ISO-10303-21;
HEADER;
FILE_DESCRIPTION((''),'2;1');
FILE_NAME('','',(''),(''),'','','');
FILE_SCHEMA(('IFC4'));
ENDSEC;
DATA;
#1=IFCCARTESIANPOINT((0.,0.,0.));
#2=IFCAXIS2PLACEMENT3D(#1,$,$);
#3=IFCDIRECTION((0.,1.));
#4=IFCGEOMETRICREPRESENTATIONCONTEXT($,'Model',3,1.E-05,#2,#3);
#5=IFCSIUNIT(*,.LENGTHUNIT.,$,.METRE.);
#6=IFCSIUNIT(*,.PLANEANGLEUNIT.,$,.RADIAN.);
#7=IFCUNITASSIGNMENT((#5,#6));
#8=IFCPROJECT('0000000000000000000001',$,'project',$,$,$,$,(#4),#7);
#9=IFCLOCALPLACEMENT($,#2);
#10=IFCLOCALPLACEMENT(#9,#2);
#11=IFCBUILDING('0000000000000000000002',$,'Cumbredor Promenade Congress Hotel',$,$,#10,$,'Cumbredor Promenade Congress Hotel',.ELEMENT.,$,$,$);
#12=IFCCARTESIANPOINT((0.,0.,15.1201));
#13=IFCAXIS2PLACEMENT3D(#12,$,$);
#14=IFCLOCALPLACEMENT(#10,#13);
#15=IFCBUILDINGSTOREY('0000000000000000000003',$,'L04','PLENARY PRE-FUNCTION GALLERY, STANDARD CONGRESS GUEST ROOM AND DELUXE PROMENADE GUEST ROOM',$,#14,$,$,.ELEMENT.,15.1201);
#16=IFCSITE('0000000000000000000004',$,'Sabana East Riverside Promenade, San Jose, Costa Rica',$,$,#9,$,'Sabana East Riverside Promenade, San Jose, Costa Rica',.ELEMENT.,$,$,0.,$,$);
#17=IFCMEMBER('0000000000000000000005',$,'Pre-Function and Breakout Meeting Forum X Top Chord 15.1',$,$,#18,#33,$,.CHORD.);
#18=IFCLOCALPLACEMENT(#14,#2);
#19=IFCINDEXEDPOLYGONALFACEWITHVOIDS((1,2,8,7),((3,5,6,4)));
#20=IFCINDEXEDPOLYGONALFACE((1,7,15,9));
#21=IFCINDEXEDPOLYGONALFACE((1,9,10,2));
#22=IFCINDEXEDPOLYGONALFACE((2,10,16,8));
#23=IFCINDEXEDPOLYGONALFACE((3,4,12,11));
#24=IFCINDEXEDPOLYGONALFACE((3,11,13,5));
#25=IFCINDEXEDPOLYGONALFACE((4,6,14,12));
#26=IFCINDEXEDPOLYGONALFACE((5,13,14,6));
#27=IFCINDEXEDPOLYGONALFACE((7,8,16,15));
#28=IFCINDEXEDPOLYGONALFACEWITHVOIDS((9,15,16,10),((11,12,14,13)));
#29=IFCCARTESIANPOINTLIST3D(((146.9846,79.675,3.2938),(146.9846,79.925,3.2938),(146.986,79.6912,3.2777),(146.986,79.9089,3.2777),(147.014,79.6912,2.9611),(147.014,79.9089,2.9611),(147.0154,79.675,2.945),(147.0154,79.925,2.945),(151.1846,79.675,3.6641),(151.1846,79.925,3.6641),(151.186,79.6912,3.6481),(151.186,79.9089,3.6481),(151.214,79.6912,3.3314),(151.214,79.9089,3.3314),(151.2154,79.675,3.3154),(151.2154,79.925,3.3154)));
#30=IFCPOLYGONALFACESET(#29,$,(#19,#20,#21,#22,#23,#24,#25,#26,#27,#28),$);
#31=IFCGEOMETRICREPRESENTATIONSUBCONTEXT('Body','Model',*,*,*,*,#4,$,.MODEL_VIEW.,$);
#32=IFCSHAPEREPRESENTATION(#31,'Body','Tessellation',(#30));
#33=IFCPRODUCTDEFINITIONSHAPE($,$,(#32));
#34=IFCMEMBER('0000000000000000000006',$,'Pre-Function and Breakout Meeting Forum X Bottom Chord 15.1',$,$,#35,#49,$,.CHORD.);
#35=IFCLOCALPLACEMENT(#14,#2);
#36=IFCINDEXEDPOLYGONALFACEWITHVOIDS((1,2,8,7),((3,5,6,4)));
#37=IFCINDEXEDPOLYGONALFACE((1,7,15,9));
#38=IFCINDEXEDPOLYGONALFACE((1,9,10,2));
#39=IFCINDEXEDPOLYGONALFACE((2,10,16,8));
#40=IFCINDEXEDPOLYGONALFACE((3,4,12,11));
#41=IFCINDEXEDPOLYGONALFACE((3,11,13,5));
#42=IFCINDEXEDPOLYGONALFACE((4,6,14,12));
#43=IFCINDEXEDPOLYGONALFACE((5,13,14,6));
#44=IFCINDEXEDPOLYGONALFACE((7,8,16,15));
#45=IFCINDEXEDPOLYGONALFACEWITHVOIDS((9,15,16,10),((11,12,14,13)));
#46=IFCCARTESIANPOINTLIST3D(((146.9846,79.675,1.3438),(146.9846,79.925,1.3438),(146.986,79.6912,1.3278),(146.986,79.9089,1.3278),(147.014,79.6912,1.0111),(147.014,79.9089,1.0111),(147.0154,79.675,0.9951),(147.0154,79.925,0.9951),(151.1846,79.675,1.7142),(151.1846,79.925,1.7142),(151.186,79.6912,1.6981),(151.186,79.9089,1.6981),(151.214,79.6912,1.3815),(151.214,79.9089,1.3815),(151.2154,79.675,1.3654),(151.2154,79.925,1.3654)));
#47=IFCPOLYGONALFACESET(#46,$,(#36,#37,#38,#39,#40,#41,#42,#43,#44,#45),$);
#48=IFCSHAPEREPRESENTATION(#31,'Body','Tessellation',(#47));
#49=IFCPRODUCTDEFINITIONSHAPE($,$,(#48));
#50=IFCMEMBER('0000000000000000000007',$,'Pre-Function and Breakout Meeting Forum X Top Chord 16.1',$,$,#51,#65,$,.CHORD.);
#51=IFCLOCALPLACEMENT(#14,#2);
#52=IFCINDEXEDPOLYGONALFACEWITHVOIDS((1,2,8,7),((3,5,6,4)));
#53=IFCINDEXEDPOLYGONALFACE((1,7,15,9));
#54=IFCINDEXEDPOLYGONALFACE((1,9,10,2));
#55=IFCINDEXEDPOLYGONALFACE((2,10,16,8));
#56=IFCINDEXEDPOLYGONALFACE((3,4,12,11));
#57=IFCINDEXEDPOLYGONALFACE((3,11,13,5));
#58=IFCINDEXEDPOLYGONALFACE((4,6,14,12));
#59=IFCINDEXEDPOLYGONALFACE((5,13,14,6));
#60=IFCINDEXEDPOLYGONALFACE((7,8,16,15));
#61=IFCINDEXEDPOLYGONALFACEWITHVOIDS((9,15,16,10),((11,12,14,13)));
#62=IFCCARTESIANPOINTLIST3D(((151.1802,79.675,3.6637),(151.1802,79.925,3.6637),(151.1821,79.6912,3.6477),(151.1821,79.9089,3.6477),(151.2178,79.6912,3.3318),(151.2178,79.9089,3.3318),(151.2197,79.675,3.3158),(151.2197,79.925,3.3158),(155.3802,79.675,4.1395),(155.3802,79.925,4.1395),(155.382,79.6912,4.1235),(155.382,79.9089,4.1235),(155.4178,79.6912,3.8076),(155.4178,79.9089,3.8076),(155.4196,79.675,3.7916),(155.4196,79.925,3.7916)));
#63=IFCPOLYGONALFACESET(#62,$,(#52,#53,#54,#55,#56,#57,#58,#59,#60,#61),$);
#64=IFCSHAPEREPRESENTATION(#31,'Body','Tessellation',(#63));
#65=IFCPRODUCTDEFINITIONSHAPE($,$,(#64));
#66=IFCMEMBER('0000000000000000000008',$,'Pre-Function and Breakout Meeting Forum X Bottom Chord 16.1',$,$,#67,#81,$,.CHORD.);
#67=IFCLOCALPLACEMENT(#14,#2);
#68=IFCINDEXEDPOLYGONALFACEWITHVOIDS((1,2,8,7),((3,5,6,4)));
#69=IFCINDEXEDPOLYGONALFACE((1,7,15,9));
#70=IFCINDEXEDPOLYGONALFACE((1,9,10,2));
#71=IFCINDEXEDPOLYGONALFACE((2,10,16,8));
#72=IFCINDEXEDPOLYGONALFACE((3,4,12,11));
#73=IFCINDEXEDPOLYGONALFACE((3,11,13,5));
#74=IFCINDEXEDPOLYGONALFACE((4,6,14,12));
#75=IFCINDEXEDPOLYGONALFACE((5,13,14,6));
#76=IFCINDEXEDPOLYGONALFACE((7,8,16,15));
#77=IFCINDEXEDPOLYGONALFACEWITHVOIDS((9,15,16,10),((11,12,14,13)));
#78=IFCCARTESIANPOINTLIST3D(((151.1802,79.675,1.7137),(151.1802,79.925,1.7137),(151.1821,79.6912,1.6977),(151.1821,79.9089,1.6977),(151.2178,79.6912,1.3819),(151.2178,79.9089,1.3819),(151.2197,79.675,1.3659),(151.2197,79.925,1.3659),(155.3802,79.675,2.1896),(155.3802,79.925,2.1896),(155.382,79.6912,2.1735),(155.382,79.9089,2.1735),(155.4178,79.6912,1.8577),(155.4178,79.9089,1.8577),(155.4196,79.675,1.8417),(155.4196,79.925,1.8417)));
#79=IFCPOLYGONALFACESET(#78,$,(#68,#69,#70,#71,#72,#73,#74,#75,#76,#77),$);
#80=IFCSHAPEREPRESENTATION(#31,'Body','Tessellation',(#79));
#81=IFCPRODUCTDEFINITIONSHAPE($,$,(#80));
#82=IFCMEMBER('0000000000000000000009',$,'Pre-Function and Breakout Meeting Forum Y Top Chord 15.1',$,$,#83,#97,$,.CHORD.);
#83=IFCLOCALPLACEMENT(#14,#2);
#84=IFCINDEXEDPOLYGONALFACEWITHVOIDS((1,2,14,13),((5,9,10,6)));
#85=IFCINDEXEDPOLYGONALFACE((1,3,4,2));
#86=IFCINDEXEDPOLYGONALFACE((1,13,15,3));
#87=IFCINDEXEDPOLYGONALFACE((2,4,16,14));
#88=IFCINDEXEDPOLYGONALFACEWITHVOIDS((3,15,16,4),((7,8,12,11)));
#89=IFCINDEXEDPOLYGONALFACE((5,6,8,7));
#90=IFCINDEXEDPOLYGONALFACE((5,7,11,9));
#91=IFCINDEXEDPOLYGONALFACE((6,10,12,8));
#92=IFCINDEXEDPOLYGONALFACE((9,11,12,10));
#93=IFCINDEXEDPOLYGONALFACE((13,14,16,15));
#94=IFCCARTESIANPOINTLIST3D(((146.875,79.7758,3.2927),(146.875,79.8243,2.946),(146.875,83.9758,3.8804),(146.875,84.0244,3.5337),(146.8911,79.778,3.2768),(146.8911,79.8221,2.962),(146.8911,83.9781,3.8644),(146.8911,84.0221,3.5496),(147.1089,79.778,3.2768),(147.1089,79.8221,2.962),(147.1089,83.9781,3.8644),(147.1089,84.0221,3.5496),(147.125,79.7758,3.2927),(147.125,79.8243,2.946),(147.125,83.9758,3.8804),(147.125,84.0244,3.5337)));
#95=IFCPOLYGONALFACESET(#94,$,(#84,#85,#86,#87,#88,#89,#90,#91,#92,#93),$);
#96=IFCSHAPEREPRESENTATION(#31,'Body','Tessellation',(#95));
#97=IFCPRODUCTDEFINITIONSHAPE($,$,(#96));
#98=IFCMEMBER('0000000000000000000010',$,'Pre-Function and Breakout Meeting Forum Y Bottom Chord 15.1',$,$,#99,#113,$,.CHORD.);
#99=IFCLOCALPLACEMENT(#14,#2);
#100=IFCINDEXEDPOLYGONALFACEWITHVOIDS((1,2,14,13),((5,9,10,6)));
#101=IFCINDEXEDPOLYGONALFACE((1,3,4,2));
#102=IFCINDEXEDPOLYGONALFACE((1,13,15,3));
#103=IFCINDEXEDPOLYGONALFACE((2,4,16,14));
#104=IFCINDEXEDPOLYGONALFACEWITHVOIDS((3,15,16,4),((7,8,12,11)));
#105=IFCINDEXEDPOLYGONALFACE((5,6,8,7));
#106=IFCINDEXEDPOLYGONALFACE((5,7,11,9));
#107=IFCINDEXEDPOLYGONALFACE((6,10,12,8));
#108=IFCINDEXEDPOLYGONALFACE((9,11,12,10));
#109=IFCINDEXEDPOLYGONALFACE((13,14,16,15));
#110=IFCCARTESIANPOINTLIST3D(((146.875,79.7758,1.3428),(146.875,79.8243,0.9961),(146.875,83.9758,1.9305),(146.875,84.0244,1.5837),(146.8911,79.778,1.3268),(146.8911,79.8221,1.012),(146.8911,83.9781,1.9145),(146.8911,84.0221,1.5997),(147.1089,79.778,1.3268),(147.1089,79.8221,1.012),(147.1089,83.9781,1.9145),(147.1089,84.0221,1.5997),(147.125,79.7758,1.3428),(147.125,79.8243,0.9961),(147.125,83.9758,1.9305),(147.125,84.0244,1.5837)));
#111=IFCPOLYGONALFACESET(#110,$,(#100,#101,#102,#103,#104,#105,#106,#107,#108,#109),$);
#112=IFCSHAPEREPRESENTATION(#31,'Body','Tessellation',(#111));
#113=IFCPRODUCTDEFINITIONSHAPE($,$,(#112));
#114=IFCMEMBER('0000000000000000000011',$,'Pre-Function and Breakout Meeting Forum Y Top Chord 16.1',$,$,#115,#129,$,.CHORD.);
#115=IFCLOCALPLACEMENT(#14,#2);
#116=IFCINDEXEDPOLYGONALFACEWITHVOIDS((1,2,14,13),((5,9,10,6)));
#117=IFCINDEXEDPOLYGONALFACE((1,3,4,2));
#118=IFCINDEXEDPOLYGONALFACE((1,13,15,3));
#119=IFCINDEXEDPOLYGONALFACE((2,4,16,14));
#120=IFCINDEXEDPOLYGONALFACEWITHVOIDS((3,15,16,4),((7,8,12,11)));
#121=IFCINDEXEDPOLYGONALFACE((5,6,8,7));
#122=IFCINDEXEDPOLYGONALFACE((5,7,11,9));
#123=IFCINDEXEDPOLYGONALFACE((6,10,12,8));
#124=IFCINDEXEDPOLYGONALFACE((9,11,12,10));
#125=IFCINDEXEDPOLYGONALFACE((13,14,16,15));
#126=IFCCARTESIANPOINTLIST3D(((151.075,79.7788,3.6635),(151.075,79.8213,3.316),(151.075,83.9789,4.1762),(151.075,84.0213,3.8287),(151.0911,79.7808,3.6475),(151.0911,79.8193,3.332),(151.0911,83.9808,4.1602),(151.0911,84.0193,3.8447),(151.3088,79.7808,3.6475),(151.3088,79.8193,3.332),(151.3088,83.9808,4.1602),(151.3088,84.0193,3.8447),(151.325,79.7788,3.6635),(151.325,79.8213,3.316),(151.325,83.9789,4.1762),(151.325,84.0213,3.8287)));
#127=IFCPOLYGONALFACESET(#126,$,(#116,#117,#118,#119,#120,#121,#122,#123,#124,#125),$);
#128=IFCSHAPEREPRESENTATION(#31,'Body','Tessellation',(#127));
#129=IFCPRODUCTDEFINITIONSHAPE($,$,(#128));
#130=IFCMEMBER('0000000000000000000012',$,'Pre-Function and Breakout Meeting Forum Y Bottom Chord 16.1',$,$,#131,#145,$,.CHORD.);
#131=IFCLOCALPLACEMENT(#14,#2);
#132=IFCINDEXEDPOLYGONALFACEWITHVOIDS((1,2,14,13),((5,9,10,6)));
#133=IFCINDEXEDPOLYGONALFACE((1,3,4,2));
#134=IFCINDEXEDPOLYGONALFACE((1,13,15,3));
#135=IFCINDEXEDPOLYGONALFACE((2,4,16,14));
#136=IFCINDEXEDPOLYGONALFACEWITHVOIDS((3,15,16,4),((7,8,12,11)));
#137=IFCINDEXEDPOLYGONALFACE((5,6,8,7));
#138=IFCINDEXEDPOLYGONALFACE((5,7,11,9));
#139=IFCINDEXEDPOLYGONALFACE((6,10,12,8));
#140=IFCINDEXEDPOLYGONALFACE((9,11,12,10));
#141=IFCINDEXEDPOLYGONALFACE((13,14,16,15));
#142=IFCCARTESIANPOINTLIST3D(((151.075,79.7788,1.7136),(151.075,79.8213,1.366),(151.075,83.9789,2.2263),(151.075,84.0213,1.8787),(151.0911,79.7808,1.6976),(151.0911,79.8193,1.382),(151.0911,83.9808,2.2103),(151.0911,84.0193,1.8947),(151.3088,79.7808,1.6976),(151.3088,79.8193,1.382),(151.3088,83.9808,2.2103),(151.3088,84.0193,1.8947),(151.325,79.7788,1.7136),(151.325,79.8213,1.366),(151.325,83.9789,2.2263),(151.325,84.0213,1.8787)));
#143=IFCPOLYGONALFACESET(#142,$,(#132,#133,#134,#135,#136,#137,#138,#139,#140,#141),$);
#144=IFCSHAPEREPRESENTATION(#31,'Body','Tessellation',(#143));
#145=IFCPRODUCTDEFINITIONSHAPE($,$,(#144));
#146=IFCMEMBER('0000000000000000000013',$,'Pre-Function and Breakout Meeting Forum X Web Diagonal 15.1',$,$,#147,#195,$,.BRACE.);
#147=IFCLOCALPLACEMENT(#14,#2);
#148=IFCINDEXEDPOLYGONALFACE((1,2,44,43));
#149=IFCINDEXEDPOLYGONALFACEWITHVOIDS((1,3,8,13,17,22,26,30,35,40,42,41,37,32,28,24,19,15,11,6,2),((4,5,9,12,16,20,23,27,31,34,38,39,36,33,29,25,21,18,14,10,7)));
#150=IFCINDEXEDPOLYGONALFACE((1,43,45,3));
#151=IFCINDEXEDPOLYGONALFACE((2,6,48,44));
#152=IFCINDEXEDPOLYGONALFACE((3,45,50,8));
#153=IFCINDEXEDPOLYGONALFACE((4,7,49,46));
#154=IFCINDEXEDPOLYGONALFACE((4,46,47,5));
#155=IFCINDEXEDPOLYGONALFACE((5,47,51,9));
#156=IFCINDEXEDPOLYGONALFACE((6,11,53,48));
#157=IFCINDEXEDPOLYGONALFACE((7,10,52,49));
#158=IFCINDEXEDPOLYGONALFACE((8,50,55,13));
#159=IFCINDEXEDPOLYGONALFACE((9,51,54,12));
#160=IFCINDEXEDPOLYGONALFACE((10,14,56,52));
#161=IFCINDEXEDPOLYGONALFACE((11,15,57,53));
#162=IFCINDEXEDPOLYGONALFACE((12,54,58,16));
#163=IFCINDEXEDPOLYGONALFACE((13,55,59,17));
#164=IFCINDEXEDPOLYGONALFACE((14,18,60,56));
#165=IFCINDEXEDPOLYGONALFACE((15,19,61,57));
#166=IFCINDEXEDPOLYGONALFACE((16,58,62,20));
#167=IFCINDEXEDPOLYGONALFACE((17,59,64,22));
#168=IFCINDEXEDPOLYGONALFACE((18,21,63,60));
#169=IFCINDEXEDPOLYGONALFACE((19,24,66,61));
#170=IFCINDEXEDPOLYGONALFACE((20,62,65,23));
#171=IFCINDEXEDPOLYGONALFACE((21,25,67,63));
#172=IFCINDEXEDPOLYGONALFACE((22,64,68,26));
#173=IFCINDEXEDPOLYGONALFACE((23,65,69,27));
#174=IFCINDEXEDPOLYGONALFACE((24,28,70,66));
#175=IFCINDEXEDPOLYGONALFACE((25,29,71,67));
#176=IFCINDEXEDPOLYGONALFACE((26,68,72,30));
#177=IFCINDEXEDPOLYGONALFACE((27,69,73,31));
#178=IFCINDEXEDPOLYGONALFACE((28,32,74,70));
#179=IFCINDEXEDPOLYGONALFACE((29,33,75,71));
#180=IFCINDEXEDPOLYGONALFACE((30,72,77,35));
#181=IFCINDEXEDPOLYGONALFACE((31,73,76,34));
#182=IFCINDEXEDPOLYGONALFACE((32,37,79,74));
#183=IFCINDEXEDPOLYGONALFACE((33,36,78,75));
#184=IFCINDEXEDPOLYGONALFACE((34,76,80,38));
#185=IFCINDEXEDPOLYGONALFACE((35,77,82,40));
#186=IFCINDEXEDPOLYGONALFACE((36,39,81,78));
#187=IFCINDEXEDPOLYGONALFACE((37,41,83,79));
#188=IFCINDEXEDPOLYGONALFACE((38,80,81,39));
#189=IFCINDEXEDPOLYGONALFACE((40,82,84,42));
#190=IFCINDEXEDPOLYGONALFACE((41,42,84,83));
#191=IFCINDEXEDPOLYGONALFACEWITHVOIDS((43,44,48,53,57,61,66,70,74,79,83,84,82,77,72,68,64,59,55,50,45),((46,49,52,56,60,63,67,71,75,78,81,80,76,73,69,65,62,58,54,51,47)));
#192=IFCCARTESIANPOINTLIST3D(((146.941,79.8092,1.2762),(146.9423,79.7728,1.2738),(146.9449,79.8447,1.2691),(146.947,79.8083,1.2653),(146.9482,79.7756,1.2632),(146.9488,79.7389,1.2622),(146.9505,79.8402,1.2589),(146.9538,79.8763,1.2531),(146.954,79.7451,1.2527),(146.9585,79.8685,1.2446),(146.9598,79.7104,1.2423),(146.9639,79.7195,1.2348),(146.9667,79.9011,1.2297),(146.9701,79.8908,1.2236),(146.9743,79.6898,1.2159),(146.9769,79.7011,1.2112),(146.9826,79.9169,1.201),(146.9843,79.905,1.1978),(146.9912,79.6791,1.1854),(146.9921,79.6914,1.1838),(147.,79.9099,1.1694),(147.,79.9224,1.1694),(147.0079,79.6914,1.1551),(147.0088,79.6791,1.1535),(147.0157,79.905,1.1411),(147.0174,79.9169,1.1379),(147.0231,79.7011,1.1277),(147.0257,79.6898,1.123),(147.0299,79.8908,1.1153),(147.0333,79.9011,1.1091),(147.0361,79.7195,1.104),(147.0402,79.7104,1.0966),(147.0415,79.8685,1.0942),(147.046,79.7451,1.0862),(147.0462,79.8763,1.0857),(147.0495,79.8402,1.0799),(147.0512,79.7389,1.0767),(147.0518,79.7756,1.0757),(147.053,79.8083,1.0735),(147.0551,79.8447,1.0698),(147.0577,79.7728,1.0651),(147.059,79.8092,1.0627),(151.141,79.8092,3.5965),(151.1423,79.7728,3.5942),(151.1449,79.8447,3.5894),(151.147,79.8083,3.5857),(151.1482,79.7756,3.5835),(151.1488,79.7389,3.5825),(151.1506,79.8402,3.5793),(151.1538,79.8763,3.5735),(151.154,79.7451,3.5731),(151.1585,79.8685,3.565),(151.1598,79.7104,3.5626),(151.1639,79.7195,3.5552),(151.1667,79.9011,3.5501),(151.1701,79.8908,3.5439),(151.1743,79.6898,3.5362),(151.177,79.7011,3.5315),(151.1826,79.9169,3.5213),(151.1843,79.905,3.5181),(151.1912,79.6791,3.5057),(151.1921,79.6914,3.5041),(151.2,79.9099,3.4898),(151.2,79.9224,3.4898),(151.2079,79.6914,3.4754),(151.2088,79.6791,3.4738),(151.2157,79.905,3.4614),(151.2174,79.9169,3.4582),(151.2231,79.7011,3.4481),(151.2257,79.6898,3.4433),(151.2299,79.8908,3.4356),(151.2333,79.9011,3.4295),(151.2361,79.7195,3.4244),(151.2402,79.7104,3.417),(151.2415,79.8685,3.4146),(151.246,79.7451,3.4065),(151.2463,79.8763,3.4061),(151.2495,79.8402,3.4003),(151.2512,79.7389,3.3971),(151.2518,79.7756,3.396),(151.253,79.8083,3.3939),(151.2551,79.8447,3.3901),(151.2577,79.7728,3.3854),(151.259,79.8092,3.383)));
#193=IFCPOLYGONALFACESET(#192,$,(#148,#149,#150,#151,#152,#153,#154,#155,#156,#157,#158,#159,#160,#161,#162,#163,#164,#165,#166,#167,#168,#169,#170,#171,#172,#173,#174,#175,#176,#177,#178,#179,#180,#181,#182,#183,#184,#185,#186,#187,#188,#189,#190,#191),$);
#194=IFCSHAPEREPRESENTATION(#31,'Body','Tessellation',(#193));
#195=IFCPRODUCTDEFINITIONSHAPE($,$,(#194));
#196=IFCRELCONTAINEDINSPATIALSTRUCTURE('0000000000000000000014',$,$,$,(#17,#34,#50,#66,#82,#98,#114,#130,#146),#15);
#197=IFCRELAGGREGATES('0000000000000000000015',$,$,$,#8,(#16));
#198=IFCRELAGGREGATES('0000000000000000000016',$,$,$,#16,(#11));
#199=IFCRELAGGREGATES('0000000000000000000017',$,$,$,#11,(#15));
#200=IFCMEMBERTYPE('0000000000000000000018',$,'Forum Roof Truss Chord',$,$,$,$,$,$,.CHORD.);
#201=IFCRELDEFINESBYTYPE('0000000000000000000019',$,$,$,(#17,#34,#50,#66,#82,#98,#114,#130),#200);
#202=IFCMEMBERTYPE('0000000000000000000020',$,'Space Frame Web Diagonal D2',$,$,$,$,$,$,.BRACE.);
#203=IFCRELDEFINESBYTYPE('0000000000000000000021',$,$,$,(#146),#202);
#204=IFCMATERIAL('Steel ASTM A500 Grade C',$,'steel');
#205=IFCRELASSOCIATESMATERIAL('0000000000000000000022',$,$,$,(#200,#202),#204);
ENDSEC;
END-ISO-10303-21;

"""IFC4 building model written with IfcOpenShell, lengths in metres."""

from ifc_helpers import new_model, si_unit, direction, frame, origin, origin_2d, place, context, subcontext, project, spatial, hollow_rectangle, hollow_circle, extrude, material, material_profile, profile_set, type_object, element, save


model = new_model("IFC4")

# Units and contexts
model_context = context("Model", 3, precision=1e-05, world=origin(), true_north=direction((0.0, 1.0)))
body_context = subcontext(model_context, "Body", "Model", "MODEL_VIEW")
ifc_project = project(units=[si_unit("LENGTHUNIT", "METRE"), si_unit("PLANEANGLEUNIT", "RADIAN")], contexts=[model_context])

# Site, building, storey
site_placement = place(None, origin())
site = spatial("IfcSite", under=ifc_project, at=site_placement, Name="Sabana East Riverside Promenade, San Jose, Costa Rica", LongName="Sabana East Riverside Promenade, San Jose, Costa Rica", CompositionType="ELEMENT", RefElevation=0.0)
building_placement = place(site_placement, origin())
building = spatial("IfcBuilding", under=site, at=building_placement, Name="Cumbredor Promenade Congress Hotel", LongName="Cumbredor Promenade Congress Hotel", CompositionType="ELEMENT")
storey_placement = place(building_placement, frame((0.0, 0.0, 15.1201)))
storey = spatial("IfcBuildingStorey", under=building, at=storey_placement, Name="L04", Description="PLENARY PRE-FUNCTION GALLERY, STANDARD CONGRESS GUEST ROOM AND DELUXE PROMENADE GUEST ROOM", CompositionType="ELEMENT", Elevation=15.1201)

# Members
ifc_material_1 = material(Name="Steel ASTM A500 Grade C", Category="steel")
ifc_material_profile_1 = material_profile(ifc_material_1, hollow_rectangle(XDim=0.25, YDim=0.3501, WallThickness=0.0161, at=origin_2d()), Name="HSS 350x250x16")
ifc_profile_set_1 = profile_set([ifc_material_profile_1], Name="Steel ASTM A500 Grade C")
member_type_1 = type_object("IfcMemberType", Name="Forum Roof Truss Chord", PredefinedType="CHORD", material=ifc_profile_set_1)
for number, where, z_axis, x_axis, name in (
    (1, (147.0, 79.8, 3.1194), (0.996134, 0.0, 0.087841), (0.0, 1.0, 0.0), "Pre-Function and Breakout Meeting Forum X Top Chord 15.1"),
    (2, (147.0, 79.8, 1.1694), (0.996134, 0.0, 0.087841), (0.0, 1.0, 0.0), "Pre-Function and Breakout Meeting Forum X Bottom Chord 15.1"),
):
    element("IfcMember", number, at=place(storey_placement, frame(where, z_axis=z_axis, x_axis=x_axis)), inside=storey, type_object=member_type_1, Name=name, PredefinedType="CHORD", context=body_context, shape_type="SweptSolid", body=[
        extrude(hollow_rectangle(XDim=0.25, YDim=0.3501, WallThickness=0.0161, at=origin_2d()), origin(), (0.0, 0.0, 1.0), 4.2163),
    ])
for number, where, z_axis, x_axis, name in (
    (3, (151.2, 79.8, 3.4897), (0.993643, 0.0, 0.112574), (0.0, 1.0, 0.0), "Pre-Function and Breakout Meeting Forum X Top Chord 16.1"),
    (4, (151.2, 79.8, 1.5398), (0.993643, 0.0, 0.112574), (0.0, 1.0, 0.0), "Pre-Function and Breakout Meeting Forum X Bottom Chord 16.1"),
):
    element("IfcMember", number, at=place(storey_placement, frame(where, z_axis=z_axis, x_axis=x_axis)), inside=storey, type_object=member_type_1, Name=name, PredefinedType="CHORD", context=body_context, shape_type="SweptSolid", body=[
        extrude(hollow_rectangle(XDim=0.25, YDim=0.3501, WallThickness=0.0161, at=origin_2d()), origin(), (0.0, 0.0, 1.0), 4.2268),
    ])
for number, where, z_axis, x_axis, name in (
    (5, (147.0, 79.8, 3.1194), (0.0, 0.990353, 0.138568), (-1.0, 0.0, 0.0), "Pre-Function and Breakout Meeting Forum Y Top Chord 15.1"),
    (6, (147.0, 79.8, 1.1694), (0.0, 0.990353, 0.138568), (-1.0, 0.0, 0.0), "Pre-Function and Breakout Meeting Forum Y Bottom Chord 15.1"),
):
    element("IfcMember", number, at=place(storey_placement, frame(where, z_axis=z_axis, x_axis=x_axis)), inside=storey, type_object=member_type_1, Name=name, PredefinedType="CHORD", context=body_context, shape_type="SweptSolid", body=[
        extrude(hollow_rectangle(XDim=0.25, YDim=0.3501, WallThickness=0.0161, at=origin_2d()), origin(), (0.0, 0.0, 1.0), 4.241),
    ])
for number, where, z_axis, x_axis, name in (
    (7, (151.2, 79.8, 3.4897), (0.0, 0.992631, 0.121172), (-1.0, 0.0, 0.0), "Pre-Function and Breakout Meeting Forum Y Top Chord 16.1"),
    (8, (151.2, 79.8, 1.5398), (0.0, 0.992631, 0.121172), (-1.0, 0.0, 0.0), "Pre-Function and Breakout Meeting Forum Y Bottom Chord 16.1"),
):
    element("IfcMember", number, at=place(storey_placement, frame(where, z_axis=z_axis, x_axis=x_axis)), inside=storey, type_object=member_type_1, Name=name, PredefinedType="CHORD", context=body_context, shape_type="SweptSolid", body=[
        extrude(hollow_rectangle(XDim=0.25, YDim=0.3501, WallThickness=0.0161, at=origin_2d()), origin(), (0.0, 0.0, 1.0), 4.2312),
    ])
ifc_material_profile_2 = material_profile(ifc_material_1, hollow_circle(Radius=0.1223, WallThickness=0.0125, at=origin_2d()), Name="CHS 244.5x12.5")
ifc_profile_set_2 = profile_set([ifc_material_profile_2], Name="Steel ASTM A500 Grade C")
member_type_2 = type_object("IfcMemberType", Name="Space Frame Web Diagonal D2", PredefinedType="BRACE", material=ifc_profile_set_2)
member_1_placement = place(storey_placement, frame((147.0, 79.8, 1.1694), z_axis=(0.875304, 0.0, 0.483572), x_axis=(0.0, 1.0, 0.0)))
element("IfcMember", 9, at=member_1_placement, inside=storey, type_object=member_type_2, Name="Pre-Function and Breakout Meeting Forum X Web Diagonal 15.1", PredefinedType="BRACE", context=body_context, shape_type="SweptSolid", body=[
    extrude(hollow_circle(Radius=0.1223, WallThickness=0.0125, at=origin_2d()), origin(), (0.0, 0.0, 1.0), 4.7983),
])

save(model, "model.ifc")
